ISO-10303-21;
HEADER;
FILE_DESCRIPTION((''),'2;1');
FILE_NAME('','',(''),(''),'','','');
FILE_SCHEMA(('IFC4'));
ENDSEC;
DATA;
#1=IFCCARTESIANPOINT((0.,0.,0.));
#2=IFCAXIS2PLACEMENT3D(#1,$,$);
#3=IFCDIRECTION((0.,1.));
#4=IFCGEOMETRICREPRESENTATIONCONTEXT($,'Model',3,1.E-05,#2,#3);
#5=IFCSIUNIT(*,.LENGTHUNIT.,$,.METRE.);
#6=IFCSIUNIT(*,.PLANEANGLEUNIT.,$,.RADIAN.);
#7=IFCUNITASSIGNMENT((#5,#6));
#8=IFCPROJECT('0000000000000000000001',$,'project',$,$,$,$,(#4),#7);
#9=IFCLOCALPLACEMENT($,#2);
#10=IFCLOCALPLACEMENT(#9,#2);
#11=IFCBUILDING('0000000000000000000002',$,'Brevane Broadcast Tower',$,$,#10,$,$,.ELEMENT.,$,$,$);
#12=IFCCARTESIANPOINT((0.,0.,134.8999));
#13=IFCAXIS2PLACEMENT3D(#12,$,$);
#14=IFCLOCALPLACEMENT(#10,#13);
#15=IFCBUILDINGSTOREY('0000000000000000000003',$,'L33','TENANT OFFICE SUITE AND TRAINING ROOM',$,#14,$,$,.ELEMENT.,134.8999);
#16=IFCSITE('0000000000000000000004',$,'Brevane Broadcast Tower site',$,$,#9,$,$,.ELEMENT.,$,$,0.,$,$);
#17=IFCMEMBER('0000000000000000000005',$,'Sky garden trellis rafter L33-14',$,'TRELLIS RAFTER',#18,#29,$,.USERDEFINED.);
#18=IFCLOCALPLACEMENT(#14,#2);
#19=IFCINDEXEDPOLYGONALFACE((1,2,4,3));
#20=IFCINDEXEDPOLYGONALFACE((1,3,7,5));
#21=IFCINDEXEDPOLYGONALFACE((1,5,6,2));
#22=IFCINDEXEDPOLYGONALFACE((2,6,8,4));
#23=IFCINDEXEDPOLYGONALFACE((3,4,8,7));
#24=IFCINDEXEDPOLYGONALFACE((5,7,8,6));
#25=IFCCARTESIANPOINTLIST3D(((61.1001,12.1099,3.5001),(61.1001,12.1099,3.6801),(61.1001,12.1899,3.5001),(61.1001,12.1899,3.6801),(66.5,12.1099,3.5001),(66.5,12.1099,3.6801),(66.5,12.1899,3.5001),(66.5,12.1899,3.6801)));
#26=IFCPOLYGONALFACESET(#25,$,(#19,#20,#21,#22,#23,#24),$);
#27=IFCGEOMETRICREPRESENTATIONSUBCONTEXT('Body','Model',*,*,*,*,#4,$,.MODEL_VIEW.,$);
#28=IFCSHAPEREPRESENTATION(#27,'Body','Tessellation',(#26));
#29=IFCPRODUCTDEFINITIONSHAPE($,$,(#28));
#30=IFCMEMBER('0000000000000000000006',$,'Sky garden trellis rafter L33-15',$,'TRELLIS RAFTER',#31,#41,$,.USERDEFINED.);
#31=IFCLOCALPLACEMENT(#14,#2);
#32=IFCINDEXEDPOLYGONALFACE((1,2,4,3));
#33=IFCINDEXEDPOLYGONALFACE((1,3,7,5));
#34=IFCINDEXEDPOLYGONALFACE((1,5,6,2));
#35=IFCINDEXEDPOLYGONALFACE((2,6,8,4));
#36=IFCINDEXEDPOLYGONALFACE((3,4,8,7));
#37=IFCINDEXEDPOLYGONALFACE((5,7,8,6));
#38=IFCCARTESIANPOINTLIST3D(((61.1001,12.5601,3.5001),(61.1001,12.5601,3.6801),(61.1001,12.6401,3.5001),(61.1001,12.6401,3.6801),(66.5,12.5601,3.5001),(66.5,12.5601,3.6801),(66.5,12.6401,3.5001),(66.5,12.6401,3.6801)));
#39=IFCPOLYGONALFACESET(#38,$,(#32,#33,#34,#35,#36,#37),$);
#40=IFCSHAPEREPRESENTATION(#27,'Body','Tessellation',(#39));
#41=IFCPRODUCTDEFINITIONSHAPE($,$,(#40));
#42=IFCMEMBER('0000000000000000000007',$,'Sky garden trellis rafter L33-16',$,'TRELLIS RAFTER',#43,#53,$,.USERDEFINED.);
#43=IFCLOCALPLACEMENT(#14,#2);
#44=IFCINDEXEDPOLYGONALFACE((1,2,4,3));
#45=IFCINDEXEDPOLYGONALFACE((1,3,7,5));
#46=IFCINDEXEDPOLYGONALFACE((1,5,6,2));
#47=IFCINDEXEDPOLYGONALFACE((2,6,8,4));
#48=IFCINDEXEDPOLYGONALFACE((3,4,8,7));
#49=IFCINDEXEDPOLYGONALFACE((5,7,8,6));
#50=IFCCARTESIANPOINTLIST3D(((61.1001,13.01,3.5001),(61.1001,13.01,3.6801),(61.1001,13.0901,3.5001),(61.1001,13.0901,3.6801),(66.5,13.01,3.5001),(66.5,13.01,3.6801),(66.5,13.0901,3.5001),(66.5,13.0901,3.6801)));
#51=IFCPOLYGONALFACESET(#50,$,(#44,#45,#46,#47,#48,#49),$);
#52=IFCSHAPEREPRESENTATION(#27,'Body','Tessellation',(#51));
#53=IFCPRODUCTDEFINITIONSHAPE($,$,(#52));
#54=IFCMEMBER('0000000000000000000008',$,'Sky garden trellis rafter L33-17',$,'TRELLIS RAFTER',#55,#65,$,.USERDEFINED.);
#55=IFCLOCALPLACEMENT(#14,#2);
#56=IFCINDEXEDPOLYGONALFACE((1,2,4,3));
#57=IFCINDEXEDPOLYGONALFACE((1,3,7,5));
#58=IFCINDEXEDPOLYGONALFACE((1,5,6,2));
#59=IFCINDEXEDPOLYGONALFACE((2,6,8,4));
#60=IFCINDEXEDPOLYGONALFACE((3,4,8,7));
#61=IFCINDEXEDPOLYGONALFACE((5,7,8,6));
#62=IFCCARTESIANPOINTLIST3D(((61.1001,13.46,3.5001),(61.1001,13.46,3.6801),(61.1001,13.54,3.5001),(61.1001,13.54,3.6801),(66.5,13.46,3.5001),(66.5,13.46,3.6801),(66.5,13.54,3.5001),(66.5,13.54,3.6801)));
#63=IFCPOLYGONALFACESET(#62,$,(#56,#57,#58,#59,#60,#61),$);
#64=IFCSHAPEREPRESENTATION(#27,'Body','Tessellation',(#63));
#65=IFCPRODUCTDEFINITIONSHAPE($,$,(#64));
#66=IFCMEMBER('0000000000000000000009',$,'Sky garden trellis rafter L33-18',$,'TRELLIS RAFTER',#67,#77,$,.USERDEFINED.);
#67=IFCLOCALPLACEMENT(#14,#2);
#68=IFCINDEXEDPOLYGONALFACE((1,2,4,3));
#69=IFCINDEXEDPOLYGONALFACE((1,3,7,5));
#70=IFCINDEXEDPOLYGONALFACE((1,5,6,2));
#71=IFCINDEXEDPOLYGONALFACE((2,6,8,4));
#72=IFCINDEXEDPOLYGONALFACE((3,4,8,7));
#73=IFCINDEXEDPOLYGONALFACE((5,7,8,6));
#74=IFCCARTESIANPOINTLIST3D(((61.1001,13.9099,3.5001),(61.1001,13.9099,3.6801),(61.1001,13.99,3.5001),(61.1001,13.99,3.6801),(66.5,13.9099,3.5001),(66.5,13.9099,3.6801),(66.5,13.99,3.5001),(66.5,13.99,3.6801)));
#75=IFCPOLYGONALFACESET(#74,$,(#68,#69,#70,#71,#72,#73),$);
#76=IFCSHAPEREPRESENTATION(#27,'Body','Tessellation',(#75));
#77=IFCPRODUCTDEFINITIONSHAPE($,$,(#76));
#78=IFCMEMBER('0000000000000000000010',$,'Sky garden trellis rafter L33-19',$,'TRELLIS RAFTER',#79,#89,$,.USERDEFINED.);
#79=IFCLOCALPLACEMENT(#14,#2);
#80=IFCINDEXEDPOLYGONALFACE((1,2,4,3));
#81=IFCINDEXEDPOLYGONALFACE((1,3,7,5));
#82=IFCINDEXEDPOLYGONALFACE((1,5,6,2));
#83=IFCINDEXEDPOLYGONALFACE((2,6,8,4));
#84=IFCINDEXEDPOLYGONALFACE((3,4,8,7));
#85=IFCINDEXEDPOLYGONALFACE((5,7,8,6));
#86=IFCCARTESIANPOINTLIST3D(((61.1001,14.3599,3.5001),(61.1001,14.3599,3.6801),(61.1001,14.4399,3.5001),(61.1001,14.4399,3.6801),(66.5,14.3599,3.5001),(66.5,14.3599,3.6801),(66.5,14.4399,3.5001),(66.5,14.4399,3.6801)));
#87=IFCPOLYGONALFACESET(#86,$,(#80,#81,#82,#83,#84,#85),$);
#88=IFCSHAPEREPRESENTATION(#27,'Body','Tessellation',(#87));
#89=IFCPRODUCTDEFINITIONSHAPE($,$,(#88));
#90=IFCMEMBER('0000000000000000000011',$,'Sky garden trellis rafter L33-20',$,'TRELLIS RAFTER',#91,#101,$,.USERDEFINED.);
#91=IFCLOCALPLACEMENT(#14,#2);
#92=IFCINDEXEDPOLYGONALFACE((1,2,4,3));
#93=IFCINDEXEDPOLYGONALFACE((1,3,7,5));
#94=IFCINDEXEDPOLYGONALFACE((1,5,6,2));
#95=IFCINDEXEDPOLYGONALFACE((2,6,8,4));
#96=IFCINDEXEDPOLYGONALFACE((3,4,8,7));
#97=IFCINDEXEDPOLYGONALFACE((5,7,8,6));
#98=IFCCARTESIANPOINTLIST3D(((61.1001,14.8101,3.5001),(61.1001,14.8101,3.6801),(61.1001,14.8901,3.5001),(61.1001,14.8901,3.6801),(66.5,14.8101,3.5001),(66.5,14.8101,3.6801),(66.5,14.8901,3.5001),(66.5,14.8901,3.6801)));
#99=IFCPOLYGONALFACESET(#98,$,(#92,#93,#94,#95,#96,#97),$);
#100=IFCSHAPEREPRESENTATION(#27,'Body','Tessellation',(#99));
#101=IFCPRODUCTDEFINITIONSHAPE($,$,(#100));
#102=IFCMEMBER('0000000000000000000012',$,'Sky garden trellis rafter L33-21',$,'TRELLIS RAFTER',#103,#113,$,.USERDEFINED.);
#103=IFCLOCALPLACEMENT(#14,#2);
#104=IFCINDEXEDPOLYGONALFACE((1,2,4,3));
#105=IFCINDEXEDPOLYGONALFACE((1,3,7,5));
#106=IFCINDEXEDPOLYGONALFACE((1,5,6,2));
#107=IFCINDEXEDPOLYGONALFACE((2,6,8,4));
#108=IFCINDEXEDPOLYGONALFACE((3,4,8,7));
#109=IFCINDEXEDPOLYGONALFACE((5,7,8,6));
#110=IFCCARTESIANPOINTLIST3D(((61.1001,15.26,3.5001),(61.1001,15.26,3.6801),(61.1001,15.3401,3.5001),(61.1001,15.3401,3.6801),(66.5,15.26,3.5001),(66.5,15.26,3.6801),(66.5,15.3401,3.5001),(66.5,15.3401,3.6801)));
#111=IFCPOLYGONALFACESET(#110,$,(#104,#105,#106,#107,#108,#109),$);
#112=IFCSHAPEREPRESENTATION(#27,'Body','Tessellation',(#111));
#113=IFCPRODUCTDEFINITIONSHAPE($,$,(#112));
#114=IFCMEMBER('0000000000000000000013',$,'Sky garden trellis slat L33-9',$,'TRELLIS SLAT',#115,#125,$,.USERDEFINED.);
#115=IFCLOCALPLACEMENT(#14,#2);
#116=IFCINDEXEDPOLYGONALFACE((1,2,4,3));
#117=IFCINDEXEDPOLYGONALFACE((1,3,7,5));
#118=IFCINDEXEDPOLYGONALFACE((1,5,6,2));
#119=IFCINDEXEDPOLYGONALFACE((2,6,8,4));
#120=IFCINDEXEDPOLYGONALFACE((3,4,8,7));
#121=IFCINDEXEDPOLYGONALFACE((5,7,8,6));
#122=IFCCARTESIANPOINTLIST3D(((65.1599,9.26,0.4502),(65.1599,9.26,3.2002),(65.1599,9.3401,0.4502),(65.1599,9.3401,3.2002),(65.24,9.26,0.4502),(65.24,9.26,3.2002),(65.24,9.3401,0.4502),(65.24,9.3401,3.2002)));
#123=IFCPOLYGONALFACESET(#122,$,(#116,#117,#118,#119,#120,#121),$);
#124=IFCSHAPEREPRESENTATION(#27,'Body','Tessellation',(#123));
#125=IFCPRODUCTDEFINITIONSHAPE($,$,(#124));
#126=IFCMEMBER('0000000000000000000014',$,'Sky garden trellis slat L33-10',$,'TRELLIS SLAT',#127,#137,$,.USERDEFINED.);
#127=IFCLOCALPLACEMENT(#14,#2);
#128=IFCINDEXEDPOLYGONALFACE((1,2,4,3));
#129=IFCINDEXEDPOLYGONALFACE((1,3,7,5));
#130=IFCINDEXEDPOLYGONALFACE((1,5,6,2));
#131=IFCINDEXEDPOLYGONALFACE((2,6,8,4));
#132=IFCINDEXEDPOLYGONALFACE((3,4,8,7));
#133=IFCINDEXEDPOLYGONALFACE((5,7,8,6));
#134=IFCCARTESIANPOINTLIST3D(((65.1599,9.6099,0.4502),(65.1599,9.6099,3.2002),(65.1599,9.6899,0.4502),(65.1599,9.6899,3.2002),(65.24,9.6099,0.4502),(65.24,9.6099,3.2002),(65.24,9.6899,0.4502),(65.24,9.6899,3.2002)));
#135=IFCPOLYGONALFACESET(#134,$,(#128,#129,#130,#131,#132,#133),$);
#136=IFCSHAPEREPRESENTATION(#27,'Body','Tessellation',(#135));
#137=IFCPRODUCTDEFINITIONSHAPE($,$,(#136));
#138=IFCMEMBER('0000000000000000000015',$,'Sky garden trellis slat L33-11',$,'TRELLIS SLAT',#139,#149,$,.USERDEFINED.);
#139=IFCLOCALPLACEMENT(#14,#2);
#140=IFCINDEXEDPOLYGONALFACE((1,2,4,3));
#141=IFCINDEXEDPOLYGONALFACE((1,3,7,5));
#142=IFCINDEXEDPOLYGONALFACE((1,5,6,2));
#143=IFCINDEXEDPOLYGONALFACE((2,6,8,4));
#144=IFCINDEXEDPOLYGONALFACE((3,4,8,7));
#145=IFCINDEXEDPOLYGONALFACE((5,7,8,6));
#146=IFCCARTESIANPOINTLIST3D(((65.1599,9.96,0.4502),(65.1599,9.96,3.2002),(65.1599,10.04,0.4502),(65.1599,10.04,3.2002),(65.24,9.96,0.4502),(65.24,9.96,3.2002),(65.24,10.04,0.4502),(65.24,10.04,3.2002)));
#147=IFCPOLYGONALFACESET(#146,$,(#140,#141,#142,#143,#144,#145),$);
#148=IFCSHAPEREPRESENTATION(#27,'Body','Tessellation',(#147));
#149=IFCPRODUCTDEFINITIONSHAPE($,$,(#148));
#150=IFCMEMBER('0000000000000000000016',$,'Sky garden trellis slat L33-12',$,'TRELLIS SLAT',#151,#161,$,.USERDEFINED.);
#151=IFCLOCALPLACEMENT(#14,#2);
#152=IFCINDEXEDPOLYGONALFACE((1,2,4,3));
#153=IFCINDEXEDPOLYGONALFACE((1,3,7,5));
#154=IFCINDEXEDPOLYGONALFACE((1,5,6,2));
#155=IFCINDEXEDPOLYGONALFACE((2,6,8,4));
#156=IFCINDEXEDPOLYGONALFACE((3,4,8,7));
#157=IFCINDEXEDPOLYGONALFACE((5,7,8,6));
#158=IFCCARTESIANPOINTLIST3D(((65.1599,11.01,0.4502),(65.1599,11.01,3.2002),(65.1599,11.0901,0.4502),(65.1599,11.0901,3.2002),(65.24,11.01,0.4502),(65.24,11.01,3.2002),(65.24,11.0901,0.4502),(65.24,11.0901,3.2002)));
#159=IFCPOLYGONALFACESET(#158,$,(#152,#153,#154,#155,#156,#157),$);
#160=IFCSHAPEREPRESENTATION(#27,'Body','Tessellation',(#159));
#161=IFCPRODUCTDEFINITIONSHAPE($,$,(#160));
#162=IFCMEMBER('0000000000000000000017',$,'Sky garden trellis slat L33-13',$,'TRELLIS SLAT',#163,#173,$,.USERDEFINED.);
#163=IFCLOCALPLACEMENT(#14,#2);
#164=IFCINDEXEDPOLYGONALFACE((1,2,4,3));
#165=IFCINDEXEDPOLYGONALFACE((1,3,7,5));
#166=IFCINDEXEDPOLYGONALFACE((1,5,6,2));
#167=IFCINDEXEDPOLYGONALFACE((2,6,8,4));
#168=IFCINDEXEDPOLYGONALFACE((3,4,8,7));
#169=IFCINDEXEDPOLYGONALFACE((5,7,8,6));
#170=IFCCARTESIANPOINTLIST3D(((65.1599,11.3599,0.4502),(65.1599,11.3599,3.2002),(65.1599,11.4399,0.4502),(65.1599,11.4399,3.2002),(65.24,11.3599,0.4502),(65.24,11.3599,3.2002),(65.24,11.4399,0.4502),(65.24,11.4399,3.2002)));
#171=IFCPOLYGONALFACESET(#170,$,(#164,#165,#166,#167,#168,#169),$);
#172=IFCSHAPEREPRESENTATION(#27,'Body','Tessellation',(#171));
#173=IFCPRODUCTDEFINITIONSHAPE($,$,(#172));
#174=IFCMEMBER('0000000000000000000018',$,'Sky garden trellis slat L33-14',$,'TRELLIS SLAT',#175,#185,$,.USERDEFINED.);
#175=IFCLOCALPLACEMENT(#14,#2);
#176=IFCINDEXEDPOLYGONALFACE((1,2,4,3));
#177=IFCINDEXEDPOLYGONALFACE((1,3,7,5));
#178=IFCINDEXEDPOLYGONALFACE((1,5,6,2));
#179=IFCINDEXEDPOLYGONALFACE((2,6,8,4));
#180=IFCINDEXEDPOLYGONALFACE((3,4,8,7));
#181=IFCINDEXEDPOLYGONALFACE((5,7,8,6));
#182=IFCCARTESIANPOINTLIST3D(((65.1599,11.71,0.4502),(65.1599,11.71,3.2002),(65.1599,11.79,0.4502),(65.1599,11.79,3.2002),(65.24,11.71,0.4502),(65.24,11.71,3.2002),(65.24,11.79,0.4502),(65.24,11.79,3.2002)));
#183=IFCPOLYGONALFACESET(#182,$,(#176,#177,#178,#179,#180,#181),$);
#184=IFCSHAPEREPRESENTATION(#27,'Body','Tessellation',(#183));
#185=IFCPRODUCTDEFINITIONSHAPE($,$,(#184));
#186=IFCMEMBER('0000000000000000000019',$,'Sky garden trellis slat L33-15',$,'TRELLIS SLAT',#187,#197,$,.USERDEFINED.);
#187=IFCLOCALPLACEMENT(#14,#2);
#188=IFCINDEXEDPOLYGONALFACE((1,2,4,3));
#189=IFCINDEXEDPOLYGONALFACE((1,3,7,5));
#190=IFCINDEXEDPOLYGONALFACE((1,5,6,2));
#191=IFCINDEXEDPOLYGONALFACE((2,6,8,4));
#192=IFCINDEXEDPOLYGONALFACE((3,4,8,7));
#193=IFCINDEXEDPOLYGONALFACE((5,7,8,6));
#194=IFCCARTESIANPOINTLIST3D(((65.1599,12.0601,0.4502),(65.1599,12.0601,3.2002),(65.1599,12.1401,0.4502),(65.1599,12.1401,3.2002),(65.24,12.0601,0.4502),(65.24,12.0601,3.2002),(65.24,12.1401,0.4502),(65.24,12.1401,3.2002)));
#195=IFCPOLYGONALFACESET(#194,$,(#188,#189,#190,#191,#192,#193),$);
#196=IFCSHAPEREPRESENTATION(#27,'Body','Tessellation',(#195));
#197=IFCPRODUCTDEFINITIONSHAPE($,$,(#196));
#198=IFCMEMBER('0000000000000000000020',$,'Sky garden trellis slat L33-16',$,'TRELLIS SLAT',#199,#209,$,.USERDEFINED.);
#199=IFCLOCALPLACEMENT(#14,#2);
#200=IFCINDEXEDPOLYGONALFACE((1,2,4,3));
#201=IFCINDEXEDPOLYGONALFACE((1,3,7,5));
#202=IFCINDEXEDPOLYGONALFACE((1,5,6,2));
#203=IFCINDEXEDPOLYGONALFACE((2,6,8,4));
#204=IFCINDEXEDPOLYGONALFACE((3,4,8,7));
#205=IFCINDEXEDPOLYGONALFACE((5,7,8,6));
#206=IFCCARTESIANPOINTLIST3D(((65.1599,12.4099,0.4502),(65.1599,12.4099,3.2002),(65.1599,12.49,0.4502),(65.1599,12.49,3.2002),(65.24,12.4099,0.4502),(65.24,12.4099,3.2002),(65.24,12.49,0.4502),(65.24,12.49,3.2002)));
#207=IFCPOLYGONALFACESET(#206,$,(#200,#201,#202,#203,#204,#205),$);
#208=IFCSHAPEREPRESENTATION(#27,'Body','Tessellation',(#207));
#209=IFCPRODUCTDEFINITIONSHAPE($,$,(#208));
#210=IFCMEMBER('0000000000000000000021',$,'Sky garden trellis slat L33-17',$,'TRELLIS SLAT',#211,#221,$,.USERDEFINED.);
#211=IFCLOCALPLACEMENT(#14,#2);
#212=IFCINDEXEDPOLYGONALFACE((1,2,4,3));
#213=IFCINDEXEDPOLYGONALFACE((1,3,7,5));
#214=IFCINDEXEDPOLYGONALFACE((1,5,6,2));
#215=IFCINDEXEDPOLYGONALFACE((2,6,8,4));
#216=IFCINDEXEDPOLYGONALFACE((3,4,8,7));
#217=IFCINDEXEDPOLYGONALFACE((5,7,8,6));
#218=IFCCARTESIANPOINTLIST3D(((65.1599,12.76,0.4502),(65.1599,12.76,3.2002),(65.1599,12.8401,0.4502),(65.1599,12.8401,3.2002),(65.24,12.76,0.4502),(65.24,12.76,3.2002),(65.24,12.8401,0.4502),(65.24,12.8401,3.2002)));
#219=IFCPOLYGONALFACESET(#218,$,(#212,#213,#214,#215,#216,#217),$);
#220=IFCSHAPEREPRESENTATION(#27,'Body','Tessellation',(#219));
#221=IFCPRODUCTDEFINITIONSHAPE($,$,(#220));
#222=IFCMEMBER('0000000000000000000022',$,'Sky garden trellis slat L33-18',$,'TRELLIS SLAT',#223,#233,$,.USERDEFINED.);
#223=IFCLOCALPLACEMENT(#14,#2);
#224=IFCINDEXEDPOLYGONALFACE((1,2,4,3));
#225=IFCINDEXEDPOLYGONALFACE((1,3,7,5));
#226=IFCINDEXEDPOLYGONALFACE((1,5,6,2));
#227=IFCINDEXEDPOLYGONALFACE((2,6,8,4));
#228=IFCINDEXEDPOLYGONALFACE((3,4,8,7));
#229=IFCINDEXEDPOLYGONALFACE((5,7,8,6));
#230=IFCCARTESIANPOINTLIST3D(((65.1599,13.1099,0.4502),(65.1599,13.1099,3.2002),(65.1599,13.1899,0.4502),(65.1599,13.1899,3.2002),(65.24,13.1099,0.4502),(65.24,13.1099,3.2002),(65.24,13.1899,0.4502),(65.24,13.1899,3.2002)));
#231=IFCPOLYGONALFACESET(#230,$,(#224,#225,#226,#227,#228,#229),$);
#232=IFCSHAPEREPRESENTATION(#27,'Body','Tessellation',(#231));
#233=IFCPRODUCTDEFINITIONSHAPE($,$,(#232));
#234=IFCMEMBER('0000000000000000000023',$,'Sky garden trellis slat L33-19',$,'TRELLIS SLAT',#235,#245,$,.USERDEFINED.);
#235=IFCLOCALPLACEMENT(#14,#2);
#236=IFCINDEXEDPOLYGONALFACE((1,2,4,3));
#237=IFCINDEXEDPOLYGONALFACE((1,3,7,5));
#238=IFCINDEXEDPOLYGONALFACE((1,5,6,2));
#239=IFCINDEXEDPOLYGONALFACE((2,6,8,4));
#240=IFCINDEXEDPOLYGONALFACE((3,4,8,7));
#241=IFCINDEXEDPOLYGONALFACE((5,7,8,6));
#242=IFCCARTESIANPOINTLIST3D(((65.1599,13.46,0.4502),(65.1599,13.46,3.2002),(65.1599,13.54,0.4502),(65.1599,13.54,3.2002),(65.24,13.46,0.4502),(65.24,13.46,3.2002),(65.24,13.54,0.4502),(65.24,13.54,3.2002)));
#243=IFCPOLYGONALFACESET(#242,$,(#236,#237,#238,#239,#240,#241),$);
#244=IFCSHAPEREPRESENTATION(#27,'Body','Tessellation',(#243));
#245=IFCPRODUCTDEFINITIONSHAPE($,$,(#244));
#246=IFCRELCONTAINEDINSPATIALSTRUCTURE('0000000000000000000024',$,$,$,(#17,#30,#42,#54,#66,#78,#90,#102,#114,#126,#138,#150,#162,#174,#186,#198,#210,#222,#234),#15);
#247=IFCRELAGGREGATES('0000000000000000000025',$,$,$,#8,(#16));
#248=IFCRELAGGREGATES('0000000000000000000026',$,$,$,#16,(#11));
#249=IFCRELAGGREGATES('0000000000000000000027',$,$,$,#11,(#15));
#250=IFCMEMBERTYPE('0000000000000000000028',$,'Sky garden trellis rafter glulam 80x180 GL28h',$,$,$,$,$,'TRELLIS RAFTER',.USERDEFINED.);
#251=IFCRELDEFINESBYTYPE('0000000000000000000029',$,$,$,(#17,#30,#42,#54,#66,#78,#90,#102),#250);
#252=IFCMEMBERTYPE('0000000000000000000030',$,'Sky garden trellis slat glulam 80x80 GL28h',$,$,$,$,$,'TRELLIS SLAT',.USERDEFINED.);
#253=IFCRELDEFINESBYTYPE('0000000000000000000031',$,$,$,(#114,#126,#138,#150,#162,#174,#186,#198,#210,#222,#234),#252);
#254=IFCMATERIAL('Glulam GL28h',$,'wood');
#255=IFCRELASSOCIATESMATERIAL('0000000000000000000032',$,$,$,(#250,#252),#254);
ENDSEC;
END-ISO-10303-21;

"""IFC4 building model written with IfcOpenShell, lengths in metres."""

from ifc_helpers import new_model, si_unit, direction, frame, origin, origin_2d, place, context, subcontext, project, spatial, rectangle, extrude, material, material_profile, profile_set, type_object, element, save


model = new_model("IFC4")

# Units and contexts
model_context = context("Model", 3, precision=1e-05, world=origin(), true_north=direction((0.0, 1.0)))
body_context = subcontext(model_context, "Body", "Model", "MODEL_VIEW")
ifc_project = project(units=[si_unit("LENGTHUNIT", "METRE"), si_unit("PLANEANGLEUNIT", "RADIAN")], contexts=[model_context])

# Site, building, storey
site_placement = place(None, origin())
site = spatial("IfcSite", under=ifc_project, at=site_placement, Name="Brevane Broadcast Tower site", CompositionType="ELEMENT", RefElevation=0.0)
building_placement = place(site_placement, origin())
building = spatial("IfcBuilding", under=site, at=building_placement, Name="Brevane Broadcast Tower", CompositionType="ELEMENT")
storey_placement = place(building_placement, frame((0.0, 0.0, 134.8999)))
storey = spatial("IfcBuildingStorey", under=building, at=storey_placement, Name="L33", Description="TENANT OFFICE SUITE AND TRAINING ROOM", CompositionType="ELEMENT", Elevation=134.8999)

# Members
ifc_material_1 = material(Name="Glulam GL28h", Category="wood")
ifc_material_profile_1 = material_profile(ifc_material_1, rectangle(XDim=0.0801, YDim=0.1799, at=origin_2d()), Name="RECT 80x180")
ifc_profile_set_1 = profile_set([ifc_material_profile_1], Name="Glulam GL28h")
member_type_1 = type_object("IfcMemberType", Name="Sky garden trellis rafter glulam 80x180 GL28h", ElementType="TRELLIS RAFTER", PredefinedType="USERDEFINED", material=ifc_profile_set_1)
for number, where, z_axis, x_axis, name in (
    (1, (61.1001, 12.1499, 3.5901), (1.0, 0.0, 0.0), (0.0, 1.0, 0.0), "Sky garden trellis rafter L33-14"),
    (2, (61.1001, 12.6001, 3.5901), (1.0, 0.0, 0.0), (0.0, 1.0, 0.0), "Sky garden trellis rafter L33-15"),
    (3, (61.1001, 13.05, 3.5901), (1.0, 0.0, 0.0), (0.0, 1.0, 0.0), "Sky garden trellis rafter L33-16"),
    (4, (61.1001, 13.5, 3.5901), (1.0, 0.0, 0.0), (0.0, 1.0, 0.0), "Sky garden trellis rafter L33-17"),
    (5, (61.1001, 13.95, 3.5901), (1.0, 0.0, 0.0), (0.0, 1.0, 0.0), "Sky garden trellis rafter L33-18"),
    (6, (61.1001, 14.3999, 3.5901), (1.0, 0.0, 0.0), (0.0, 1.0, 0.0), "Sky garden trellis rafter L33-19"),
    (7, (61.1001, 14.8501, 3.5901), (1.0, 0.0, 0.0), (0.0, 1.0, 0.0), "Sky garden trellis rafter L33-20"),
    (8, (61.1001, 15.3, 3.5901), (1.0, 0.0, 0.0), (0.0, 1.0, 0.0), "Sky garden trellis rafter L33-21"),
):
    element("IfcMember", number, at=place(storey_placement, frame(where, z_axis=z_axis, x_axis=x_axis)), inside=storey, type_object=member_type_1, Name=name, ObjectType="TRELLIS RAFTER", PredefinedType="USERDEFINED", context=body_context, shape_type="SweptSolid", body=[
        extrude(rectangle(XDim=0.0801, YDim=0.1799, at=origin_2d()), origin(), (0.0, 0.0, 1.0), 5.3999),
    ])
ifc_material_profile_2 = material_profile(ifc_material_1, rectangle(XDim=0.0801, YDim=0.0801, at=origin_2d()), Name="RECT 80x80")
ifc_profile_set_2 = profile_set([ifc_material_profile_2], Name="Glulam GL28h")
member_type_2 = type_object("IfcMemberType", Name="Sky garden trellis slat glulam 80x80 GL28h", ElementType="TRELLIS SLAT", PredefinedType="USERDEFINED", material=ifc_profile_set_2)
for number, where, z_axis, x_axis, name in (
    (9, (65.2, 9.3, 0.4502), (0.0, 0.0, 1.0), (1.0, 0.0, 0.0), "Sky garden trellis slat L33-9"),
    (10, (65.2, 9.6499, 0.4502), (0.0, 0.0, 1.0), (1.0, 0.0, 0.0), "Sky garden trellis slat L33-10"),
    (11, (65.2, 10.0, 0.4502), (0.0, 0.0, 1.0), (1.0, 0.0, 0.0), "Sky garden trellis slat L33-11"),
    (12, (65.2, 11.05, 0.4502), (0.0, 0.0, 1.0), (1.0, 0.0, 0.0), "Sky garden trellis slat L33-12"),
    (13, (65.2, 11.3999, 0.4502), (0.0, 0.0, 1.0), (1.0, 0.0, 0.0), "Sky garden trellis slat L33-13"),
    (14, (65.2, 11.75, 0.4502), (0.0, 0.0, 1.0), (1.0, 0.0, 0.0), "Sky garden trellis slat L33-14"),
    (15, (65.2, 12.1001, 0.4502), (0.0, 0.0, 1.0), (1.0, 0.0, 0.0), "Sky garden trellis slat L33-15"),
    (16, (65.2, 12.45, 0.4502), (0.0, 0.0, 1.0), (1.0, 0.0, 0.0), "Sky garden trellis slat L33-16"),
    (17, (65.2, 12.8, 0.4502), (0.0, 0.0, 1.0), (1.0, 0.0, 0.0), "Sky garden trellis slat L33-17"),
    (18, (65.2, 13.1499, 0.4502), (0.0, 0.0, 1.0), (1.0, 0.0, 0.0), "Sky garden trellis slat L33-18"),
    (19, (65.2, 13.5, 0.4502), (0.0, 0.0, 1.0), (1.0, 0.0, 0.0), "Sky garden trellis slat L33-19"),
):
    element("IfcMember", number, at=place(storey_placement, frame(where, z_axis=z_axis, x_axis=x_axis)), inside=storey, type_object=member_type_2, Name=name, ObjectType="TRELLIS SLAT", PredefinedType="USERDEFINED", context=body_context, shape_type="SweptSolid", body=[
        extrude(rectangle(XDim=0.0801, YDim=0.0801, at=origin_2d()), origin(), (0.0, 0.0, 1.0), 2.75),
    ])

save(model, "model.ifc")
